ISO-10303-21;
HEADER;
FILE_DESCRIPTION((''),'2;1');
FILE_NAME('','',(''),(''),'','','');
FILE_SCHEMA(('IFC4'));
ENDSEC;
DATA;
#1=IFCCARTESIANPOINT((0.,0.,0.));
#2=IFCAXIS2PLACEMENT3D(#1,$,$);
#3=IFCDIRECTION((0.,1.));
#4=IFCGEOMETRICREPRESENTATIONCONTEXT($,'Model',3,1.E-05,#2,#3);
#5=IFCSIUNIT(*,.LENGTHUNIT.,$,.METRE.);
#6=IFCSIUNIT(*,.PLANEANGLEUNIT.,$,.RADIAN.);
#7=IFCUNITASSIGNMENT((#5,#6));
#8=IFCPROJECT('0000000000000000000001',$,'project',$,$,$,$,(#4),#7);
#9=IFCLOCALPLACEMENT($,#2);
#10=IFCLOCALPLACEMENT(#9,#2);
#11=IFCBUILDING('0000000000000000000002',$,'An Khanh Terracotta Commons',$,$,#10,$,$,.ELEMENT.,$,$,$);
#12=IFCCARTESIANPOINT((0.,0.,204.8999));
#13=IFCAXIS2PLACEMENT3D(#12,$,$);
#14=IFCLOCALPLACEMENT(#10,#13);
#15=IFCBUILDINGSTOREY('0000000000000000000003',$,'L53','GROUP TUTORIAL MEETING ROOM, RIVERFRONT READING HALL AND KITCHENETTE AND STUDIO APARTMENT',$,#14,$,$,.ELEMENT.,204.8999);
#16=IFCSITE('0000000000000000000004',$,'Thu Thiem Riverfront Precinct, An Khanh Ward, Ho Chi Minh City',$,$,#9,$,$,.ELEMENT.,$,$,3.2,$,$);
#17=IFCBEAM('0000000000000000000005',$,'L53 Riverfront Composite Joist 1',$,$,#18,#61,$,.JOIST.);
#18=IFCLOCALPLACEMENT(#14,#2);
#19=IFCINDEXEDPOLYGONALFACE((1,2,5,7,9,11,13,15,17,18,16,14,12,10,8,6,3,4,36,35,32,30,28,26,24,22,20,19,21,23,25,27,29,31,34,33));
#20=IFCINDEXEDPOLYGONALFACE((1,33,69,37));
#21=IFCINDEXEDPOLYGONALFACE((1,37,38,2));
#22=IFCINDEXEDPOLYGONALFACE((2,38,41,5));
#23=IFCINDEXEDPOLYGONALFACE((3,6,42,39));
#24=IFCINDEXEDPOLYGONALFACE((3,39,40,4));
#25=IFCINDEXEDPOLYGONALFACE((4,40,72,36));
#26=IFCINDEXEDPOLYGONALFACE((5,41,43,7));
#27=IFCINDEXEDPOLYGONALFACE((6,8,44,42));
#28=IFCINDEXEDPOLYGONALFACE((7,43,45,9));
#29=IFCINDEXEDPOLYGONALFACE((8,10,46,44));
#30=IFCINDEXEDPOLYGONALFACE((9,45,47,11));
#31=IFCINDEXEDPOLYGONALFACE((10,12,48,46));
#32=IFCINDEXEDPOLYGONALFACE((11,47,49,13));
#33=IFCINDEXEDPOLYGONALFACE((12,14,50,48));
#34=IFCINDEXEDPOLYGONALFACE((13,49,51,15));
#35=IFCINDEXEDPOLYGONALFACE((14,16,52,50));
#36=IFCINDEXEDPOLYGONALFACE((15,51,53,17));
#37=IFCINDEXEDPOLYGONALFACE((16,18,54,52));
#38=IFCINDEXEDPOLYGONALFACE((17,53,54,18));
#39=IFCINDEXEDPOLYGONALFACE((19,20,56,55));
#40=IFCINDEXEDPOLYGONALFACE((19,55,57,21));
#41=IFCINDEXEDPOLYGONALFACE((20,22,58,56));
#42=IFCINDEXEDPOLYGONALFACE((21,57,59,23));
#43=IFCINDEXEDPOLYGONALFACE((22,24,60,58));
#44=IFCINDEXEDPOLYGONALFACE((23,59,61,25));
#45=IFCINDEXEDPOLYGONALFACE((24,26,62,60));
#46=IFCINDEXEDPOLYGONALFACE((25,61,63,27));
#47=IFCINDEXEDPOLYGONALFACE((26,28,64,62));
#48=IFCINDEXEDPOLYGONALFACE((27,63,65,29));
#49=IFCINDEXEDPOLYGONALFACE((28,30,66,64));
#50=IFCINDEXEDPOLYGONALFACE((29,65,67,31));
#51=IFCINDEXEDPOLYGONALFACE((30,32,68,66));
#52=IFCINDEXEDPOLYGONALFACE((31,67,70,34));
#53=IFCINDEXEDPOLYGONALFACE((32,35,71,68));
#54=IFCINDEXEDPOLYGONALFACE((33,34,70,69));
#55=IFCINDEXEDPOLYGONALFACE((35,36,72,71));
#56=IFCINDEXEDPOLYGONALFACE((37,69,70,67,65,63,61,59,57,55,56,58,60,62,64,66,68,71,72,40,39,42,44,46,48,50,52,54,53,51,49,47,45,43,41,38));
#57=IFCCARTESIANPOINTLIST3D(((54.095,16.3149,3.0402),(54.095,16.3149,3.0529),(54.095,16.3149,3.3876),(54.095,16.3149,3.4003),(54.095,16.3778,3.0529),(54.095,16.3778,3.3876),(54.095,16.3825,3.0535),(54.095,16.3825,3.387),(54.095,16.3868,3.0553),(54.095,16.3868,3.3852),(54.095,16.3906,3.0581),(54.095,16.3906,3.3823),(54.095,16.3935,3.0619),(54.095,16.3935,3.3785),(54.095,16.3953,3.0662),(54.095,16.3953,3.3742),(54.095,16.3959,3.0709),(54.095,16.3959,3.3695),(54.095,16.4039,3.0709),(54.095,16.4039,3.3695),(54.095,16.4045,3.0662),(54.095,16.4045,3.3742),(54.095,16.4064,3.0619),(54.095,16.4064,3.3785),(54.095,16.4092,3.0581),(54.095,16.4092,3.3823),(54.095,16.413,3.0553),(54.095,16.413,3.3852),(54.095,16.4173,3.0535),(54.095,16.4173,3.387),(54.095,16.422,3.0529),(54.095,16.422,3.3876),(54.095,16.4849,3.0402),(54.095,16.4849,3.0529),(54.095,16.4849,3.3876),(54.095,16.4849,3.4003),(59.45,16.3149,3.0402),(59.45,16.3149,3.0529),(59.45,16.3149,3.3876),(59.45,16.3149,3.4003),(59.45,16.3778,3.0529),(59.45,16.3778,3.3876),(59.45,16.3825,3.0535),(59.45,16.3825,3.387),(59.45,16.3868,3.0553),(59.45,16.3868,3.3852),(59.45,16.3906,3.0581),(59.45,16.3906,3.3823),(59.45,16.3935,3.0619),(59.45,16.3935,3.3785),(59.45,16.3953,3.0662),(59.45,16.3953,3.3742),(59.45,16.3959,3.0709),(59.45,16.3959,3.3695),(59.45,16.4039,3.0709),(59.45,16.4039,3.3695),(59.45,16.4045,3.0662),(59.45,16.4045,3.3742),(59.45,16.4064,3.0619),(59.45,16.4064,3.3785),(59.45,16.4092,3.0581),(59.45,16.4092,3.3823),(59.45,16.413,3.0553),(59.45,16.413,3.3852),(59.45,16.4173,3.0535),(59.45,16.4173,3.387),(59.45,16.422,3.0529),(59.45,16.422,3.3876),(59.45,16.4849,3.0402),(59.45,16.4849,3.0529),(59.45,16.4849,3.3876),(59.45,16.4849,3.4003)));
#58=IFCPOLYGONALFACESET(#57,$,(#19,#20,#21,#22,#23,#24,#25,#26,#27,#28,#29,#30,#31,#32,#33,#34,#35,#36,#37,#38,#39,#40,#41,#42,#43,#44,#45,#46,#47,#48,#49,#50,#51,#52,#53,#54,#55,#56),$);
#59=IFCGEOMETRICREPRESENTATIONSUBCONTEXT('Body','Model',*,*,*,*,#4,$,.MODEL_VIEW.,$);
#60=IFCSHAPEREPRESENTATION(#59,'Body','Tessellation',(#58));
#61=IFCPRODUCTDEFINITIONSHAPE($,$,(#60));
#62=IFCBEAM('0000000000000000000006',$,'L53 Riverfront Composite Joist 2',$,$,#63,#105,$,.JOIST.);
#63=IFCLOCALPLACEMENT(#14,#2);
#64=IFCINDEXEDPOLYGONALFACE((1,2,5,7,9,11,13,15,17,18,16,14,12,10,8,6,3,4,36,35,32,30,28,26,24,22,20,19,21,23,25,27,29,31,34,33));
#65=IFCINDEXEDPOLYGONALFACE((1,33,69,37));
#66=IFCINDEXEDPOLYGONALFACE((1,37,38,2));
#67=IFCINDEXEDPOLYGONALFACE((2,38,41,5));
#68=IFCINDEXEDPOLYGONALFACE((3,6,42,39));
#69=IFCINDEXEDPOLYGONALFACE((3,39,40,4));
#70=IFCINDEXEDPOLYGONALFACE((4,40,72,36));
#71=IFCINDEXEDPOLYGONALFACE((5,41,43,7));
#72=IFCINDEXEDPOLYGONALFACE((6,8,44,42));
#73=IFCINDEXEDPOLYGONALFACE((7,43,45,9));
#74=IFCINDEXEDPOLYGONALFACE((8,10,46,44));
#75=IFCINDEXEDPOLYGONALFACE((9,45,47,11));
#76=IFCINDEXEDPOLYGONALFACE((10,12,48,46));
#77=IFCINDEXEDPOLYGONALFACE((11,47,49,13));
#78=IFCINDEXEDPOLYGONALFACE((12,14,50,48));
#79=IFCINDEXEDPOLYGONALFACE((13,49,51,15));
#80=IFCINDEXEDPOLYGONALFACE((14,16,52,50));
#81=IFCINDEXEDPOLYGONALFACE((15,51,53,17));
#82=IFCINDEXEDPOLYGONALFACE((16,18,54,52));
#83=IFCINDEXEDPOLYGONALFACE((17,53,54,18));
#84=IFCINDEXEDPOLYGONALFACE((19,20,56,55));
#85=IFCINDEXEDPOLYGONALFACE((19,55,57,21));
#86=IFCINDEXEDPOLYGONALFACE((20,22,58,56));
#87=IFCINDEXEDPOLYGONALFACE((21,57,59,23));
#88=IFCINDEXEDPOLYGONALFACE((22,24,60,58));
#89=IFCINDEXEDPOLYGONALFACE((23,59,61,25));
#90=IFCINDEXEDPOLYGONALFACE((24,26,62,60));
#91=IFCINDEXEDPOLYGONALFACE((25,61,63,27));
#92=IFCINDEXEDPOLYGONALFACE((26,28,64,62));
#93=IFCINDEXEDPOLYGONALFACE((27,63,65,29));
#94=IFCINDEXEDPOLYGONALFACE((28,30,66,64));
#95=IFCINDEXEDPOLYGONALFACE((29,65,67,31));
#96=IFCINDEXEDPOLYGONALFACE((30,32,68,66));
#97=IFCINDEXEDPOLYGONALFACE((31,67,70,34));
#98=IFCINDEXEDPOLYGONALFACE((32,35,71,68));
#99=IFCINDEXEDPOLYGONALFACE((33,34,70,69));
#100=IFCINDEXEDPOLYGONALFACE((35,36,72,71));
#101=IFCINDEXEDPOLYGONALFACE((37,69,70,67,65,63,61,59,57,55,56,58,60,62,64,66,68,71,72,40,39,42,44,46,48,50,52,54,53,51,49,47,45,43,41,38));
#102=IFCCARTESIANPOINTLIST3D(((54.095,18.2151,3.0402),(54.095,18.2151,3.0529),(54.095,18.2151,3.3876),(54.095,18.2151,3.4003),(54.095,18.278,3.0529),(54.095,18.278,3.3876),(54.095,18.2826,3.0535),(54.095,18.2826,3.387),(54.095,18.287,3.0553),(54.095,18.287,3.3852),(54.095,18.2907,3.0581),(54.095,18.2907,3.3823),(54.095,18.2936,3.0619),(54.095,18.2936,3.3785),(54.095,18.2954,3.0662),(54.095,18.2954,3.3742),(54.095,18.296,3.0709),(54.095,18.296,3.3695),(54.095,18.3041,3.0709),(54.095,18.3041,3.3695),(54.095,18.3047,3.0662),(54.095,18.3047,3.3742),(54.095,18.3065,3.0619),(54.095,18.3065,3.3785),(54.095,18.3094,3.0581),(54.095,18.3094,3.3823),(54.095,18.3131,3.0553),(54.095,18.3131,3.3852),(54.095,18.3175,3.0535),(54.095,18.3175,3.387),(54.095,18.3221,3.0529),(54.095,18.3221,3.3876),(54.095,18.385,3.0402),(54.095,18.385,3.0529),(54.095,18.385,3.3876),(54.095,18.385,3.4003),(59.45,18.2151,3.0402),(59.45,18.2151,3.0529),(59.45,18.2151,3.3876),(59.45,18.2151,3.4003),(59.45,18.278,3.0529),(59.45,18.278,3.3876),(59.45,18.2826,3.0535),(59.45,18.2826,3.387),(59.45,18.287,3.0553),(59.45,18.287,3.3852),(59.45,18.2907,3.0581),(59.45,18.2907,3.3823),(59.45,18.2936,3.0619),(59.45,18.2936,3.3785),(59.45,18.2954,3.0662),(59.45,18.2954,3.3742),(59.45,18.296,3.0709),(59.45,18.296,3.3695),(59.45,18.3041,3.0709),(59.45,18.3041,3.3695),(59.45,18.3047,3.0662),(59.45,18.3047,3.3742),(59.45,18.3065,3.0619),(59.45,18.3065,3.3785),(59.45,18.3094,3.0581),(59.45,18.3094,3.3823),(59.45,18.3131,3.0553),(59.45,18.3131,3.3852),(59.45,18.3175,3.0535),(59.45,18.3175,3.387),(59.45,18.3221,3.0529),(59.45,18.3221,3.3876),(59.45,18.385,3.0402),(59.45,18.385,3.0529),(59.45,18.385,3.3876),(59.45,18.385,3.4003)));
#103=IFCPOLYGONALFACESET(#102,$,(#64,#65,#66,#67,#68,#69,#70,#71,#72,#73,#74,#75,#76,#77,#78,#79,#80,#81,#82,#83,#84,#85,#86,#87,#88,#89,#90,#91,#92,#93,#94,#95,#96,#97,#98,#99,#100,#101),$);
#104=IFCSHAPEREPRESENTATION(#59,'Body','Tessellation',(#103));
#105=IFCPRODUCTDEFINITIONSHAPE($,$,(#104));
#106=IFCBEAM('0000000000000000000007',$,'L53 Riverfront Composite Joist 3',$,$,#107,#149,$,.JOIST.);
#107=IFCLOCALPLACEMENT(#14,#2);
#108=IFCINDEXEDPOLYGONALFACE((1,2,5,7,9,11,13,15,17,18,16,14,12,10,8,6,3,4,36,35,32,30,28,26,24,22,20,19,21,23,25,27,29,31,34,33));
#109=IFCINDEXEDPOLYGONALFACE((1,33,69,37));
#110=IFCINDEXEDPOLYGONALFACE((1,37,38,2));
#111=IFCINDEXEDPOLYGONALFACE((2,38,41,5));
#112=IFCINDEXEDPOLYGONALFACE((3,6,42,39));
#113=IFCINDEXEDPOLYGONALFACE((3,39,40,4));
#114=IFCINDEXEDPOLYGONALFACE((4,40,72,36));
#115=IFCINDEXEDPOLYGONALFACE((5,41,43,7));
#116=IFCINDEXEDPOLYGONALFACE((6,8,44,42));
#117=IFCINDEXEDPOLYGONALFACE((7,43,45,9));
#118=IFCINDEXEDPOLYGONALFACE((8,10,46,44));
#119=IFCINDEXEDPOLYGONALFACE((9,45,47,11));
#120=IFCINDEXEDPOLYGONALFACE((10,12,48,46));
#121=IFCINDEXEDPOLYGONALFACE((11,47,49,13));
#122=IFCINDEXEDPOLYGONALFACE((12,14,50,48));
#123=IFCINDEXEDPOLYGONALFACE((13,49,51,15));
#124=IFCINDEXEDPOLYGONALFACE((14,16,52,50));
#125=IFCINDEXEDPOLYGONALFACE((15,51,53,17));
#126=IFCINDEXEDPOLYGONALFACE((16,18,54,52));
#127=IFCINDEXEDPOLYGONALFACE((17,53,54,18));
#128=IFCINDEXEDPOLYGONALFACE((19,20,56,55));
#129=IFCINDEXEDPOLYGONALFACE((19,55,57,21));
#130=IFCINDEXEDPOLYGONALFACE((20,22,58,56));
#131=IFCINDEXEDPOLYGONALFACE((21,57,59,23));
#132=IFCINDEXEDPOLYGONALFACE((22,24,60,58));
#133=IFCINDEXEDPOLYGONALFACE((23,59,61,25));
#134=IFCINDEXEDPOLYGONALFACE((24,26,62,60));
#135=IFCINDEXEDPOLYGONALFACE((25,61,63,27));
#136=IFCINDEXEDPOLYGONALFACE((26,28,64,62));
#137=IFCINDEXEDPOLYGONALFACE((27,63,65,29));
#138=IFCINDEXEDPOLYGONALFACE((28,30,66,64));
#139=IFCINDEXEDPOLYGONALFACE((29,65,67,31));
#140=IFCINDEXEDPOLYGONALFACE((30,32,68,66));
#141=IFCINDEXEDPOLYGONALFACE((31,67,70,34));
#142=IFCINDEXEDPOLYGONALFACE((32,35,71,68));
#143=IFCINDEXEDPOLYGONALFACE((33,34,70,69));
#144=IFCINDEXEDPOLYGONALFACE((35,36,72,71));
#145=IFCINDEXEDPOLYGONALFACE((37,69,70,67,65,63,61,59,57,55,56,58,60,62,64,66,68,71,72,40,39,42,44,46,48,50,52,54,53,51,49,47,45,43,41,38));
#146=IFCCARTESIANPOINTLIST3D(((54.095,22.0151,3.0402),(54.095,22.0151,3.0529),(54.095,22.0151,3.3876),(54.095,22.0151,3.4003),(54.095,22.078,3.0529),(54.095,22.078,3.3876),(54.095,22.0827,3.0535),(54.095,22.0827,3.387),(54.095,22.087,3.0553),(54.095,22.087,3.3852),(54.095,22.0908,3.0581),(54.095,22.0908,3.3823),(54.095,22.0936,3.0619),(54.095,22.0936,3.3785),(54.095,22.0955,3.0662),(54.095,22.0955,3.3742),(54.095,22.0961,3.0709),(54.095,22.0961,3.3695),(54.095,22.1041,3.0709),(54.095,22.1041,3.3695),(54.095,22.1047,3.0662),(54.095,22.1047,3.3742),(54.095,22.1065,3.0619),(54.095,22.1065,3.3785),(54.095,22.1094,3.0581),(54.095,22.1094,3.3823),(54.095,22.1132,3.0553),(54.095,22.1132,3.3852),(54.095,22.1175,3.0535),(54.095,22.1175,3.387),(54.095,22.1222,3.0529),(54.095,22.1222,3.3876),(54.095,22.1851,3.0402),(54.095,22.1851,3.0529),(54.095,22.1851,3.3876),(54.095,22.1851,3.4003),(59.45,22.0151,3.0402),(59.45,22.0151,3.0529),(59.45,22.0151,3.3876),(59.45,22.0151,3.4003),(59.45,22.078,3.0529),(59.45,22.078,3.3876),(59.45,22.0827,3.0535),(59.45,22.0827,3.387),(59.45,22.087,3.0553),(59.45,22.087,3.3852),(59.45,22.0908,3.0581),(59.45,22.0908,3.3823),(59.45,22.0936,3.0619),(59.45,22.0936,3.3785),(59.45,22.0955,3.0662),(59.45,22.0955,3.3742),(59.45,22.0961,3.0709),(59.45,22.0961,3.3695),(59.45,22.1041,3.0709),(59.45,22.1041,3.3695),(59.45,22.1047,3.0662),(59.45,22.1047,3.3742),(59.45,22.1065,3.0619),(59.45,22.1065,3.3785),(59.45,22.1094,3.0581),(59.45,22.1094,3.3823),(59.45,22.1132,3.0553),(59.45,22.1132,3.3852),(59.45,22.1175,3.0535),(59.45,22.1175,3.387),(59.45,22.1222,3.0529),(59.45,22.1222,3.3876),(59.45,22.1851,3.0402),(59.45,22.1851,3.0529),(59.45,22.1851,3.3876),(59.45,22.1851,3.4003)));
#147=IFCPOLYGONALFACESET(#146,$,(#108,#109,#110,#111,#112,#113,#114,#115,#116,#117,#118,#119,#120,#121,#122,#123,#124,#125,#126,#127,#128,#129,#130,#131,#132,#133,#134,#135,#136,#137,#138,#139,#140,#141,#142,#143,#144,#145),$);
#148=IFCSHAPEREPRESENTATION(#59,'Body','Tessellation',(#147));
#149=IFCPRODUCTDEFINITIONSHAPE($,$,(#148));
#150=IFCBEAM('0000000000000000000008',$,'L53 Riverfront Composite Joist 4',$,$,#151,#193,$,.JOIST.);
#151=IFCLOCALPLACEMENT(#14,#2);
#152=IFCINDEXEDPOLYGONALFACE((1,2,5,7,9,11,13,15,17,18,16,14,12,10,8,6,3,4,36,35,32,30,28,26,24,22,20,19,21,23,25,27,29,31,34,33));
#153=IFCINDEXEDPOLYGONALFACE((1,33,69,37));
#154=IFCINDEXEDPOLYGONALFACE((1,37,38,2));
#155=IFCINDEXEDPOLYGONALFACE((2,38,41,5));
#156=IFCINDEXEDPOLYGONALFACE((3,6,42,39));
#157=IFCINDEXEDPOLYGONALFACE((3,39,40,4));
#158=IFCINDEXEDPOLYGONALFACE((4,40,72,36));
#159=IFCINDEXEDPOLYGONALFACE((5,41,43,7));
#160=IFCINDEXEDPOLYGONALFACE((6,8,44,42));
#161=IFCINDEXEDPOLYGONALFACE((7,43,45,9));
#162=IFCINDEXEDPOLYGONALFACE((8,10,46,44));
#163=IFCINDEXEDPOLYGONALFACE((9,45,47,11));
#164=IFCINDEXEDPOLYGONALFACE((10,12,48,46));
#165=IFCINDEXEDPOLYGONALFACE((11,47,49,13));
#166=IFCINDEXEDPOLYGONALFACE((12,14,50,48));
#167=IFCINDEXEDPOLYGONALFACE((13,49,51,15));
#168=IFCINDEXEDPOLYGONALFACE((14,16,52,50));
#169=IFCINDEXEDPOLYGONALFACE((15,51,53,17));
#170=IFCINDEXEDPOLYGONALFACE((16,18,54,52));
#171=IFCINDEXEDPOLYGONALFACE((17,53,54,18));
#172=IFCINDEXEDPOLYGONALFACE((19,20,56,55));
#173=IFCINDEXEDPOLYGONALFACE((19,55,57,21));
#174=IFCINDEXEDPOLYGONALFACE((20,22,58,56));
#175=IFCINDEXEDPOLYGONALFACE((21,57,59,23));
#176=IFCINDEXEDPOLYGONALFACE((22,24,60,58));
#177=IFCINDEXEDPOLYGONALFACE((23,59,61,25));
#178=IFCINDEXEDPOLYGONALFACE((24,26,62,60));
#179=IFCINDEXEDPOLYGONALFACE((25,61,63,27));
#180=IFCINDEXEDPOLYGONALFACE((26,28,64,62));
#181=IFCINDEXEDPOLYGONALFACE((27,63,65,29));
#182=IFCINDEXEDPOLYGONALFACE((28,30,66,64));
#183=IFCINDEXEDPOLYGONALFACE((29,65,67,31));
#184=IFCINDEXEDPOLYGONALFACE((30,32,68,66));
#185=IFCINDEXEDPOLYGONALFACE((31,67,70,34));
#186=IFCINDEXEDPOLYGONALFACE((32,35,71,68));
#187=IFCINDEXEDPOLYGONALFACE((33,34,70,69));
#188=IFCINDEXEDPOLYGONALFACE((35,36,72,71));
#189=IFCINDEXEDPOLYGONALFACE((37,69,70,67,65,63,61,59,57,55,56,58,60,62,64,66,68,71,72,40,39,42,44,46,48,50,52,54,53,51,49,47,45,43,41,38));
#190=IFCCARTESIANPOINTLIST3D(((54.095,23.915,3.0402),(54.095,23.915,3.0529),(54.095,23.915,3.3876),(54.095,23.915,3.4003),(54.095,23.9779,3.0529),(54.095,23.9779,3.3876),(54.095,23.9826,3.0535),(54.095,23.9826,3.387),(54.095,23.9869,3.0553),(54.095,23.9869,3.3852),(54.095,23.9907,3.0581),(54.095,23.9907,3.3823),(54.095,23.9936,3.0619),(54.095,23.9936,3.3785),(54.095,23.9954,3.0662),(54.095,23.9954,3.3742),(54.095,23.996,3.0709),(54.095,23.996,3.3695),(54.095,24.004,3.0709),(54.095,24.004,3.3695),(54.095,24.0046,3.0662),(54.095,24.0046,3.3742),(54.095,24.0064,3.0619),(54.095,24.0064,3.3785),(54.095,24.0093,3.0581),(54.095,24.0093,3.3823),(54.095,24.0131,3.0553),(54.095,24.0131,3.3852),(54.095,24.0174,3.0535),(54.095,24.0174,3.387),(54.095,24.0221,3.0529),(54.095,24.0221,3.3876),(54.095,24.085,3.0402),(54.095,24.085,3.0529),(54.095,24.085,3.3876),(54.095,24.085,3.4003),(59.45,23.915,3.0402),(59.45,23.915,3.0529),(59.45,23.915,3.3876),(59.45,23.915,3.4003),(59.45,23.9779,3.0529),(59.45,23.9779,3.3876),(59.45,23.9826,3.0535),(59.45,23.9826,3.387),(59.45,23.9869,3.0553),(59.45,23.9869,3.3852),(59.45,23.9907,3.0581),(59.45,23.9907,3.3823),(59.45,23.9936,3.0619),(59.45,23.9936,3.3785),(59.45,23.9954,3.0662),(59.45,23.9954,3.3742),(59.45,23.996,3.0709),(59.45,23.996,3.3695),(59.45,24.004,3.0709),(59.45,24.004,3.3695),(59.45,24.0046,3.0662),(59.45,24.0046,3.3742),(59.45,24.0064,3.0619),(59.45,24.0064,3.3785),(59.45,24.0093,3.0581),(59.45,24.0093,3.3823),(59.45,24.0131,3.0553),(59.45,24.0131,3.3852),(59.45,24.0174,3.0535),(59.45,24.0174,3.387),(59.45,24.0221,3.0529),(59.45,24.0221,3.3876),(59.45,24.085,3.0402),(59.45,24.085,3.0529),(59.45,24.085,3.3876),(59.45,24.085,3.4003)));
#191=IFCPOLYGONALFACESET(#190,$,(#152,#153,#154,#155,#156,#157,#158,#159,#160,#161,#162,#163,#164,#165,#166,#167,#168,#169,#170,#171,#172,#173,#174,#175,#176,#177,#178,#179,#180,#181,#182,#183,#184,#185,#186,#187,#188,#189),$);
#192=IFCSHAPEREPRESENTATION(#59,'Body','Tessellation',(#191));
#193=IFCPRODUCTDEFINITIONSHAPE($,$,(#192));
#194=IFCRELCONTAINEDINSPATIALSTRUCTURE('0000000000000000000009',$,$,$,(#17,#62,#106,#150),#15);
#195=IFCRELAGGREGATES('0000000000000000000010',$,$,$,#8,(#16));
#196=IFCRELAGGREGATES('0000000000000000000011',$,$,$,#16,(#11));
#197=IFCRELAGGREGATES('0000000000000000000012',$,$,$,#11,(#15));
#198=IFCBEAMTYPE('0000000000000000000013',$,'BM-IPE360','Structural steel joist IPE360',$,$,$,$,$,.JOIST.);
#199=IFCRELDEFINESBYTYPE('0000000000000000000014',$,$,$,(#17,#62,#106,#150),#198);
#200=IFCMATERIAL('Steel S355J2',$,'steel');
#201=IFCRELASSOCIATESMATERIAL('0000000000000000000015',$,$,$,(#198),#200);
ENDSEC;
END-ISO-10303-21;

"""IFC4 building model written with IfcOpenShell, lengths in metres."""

from ifc_helpers import new_model, si_unit, direction, frame, origin, origin_2d, place, context, subcontext, project, spatial, i_section, extrude, material, material_profile, profile_set, type_object, element, save


model = new_model("IFC4")

# Units and contexts
model_context = context("Model", 3, precision=1e-05, world=origin(), true_north=direction((0.0, 1.0)))
body_context = subcontext(model_context, "Body", "Model", "MODEL_VIEW")
ifc_project = project(units=[si_unit("LENGTHUNIT", "METRE"), si_unit("PLANEANGLEUNIT", "RADIAN")], contexts=[model_context])

# Site, building, storey
site_placement = place(None, origin())
site = spatial("IfcSite", under=ifc_project, at=site_placement, Name="Thu Thiem Riverfront Precinct, An Khanh Ward, Ho Chi Minh City", CompositionType="ELEMENT", RefElevation=3.2)
building_placement = place(site_placement, origin())
building = spatial("IfcBuilding", under=site, at=building_placement, Name="An Khanh Terracotta Commons", CompositionType="ELEMENT")
storey_placement = place(building_placement, frame((0.0, 0.0, 204.8999)))
storey = spatial("IfcBuildingStorey", under=building, at=storey_placement, Name="L53", Description="GROUP TUTORIAL MEETING ROOM, RIVERFRONT READING HALL AND KITCHENETTE AND STUDIO APARTMENT", CompositionType="ELEMENT", Elevation=204.8999)

# Beams
ifc_material_1 = material(Name="Steel S355J2", Category="steel")
ifc_material_profile_1 = material_profile(ifc_material_1, i_section(OverallWidth=0.1699, OverallDepth=0.3601, WebThickness=0.0081, FlangeThickness=0.0127, FilletRadius=0.0181, at=origin_2d()), Name="IPE360")
ifc_profile_set_1 = profile_set([ifc_material_profile_1], Name="Steel S355J2")
beam_type_1 = type_object("IfcBeamType", Name="BM-IPE360", Description="Structural steel joist IPE360", PredefinedType="JOIST", material=ifc_profile_set_1)
for number, where, z_axis, x_axis, name in (
    (1, (54.095, 16.3999, 3.2202), (1.0, 0.0, 0.0), (0.0, 1.0, 0.0), "L53 Riverfront Composite Joist 1"),
    (2, (54.095, 18.3, 3.2202), (1.0, 0.0, 0.0), (0.0, 1.0, 0.0), "L53 Riverfront Composite Joist 2"),
    (3, (54.095, 22.1001, 3.2202), (1.0, 0.0, 0.0), (0.0, 1.0, 0.0), "L53 Riverfront Composite Joist 3"),
    (4, (54.095, 24.0, 3.2202), (1.0, 0.0, 0.0), (0.0, 1.0, 0.0), "L53 Riverfront Composite Joist 4"),
):
    element("IfcBeam", number, at=place(storey_placement, frame(where, z_axis=z_axis, x_axis=x_axis)), inside=storey, type_object=beam_type_1, Name=name, PredefinedType="JOIST", context=body_context, shape_type="SweptSolid", body=[
        extrude(i_section(OverallWidth=0.1699, OverallDepth=0.3601, WebThickness=0.0081, FlangeThickness=0.0127, FilletRadius=0.0181, at=origin_2d()), origin(), (0.0, 0.0, 1.0), 5.355),
    ])

save(model, "model.ifc")
